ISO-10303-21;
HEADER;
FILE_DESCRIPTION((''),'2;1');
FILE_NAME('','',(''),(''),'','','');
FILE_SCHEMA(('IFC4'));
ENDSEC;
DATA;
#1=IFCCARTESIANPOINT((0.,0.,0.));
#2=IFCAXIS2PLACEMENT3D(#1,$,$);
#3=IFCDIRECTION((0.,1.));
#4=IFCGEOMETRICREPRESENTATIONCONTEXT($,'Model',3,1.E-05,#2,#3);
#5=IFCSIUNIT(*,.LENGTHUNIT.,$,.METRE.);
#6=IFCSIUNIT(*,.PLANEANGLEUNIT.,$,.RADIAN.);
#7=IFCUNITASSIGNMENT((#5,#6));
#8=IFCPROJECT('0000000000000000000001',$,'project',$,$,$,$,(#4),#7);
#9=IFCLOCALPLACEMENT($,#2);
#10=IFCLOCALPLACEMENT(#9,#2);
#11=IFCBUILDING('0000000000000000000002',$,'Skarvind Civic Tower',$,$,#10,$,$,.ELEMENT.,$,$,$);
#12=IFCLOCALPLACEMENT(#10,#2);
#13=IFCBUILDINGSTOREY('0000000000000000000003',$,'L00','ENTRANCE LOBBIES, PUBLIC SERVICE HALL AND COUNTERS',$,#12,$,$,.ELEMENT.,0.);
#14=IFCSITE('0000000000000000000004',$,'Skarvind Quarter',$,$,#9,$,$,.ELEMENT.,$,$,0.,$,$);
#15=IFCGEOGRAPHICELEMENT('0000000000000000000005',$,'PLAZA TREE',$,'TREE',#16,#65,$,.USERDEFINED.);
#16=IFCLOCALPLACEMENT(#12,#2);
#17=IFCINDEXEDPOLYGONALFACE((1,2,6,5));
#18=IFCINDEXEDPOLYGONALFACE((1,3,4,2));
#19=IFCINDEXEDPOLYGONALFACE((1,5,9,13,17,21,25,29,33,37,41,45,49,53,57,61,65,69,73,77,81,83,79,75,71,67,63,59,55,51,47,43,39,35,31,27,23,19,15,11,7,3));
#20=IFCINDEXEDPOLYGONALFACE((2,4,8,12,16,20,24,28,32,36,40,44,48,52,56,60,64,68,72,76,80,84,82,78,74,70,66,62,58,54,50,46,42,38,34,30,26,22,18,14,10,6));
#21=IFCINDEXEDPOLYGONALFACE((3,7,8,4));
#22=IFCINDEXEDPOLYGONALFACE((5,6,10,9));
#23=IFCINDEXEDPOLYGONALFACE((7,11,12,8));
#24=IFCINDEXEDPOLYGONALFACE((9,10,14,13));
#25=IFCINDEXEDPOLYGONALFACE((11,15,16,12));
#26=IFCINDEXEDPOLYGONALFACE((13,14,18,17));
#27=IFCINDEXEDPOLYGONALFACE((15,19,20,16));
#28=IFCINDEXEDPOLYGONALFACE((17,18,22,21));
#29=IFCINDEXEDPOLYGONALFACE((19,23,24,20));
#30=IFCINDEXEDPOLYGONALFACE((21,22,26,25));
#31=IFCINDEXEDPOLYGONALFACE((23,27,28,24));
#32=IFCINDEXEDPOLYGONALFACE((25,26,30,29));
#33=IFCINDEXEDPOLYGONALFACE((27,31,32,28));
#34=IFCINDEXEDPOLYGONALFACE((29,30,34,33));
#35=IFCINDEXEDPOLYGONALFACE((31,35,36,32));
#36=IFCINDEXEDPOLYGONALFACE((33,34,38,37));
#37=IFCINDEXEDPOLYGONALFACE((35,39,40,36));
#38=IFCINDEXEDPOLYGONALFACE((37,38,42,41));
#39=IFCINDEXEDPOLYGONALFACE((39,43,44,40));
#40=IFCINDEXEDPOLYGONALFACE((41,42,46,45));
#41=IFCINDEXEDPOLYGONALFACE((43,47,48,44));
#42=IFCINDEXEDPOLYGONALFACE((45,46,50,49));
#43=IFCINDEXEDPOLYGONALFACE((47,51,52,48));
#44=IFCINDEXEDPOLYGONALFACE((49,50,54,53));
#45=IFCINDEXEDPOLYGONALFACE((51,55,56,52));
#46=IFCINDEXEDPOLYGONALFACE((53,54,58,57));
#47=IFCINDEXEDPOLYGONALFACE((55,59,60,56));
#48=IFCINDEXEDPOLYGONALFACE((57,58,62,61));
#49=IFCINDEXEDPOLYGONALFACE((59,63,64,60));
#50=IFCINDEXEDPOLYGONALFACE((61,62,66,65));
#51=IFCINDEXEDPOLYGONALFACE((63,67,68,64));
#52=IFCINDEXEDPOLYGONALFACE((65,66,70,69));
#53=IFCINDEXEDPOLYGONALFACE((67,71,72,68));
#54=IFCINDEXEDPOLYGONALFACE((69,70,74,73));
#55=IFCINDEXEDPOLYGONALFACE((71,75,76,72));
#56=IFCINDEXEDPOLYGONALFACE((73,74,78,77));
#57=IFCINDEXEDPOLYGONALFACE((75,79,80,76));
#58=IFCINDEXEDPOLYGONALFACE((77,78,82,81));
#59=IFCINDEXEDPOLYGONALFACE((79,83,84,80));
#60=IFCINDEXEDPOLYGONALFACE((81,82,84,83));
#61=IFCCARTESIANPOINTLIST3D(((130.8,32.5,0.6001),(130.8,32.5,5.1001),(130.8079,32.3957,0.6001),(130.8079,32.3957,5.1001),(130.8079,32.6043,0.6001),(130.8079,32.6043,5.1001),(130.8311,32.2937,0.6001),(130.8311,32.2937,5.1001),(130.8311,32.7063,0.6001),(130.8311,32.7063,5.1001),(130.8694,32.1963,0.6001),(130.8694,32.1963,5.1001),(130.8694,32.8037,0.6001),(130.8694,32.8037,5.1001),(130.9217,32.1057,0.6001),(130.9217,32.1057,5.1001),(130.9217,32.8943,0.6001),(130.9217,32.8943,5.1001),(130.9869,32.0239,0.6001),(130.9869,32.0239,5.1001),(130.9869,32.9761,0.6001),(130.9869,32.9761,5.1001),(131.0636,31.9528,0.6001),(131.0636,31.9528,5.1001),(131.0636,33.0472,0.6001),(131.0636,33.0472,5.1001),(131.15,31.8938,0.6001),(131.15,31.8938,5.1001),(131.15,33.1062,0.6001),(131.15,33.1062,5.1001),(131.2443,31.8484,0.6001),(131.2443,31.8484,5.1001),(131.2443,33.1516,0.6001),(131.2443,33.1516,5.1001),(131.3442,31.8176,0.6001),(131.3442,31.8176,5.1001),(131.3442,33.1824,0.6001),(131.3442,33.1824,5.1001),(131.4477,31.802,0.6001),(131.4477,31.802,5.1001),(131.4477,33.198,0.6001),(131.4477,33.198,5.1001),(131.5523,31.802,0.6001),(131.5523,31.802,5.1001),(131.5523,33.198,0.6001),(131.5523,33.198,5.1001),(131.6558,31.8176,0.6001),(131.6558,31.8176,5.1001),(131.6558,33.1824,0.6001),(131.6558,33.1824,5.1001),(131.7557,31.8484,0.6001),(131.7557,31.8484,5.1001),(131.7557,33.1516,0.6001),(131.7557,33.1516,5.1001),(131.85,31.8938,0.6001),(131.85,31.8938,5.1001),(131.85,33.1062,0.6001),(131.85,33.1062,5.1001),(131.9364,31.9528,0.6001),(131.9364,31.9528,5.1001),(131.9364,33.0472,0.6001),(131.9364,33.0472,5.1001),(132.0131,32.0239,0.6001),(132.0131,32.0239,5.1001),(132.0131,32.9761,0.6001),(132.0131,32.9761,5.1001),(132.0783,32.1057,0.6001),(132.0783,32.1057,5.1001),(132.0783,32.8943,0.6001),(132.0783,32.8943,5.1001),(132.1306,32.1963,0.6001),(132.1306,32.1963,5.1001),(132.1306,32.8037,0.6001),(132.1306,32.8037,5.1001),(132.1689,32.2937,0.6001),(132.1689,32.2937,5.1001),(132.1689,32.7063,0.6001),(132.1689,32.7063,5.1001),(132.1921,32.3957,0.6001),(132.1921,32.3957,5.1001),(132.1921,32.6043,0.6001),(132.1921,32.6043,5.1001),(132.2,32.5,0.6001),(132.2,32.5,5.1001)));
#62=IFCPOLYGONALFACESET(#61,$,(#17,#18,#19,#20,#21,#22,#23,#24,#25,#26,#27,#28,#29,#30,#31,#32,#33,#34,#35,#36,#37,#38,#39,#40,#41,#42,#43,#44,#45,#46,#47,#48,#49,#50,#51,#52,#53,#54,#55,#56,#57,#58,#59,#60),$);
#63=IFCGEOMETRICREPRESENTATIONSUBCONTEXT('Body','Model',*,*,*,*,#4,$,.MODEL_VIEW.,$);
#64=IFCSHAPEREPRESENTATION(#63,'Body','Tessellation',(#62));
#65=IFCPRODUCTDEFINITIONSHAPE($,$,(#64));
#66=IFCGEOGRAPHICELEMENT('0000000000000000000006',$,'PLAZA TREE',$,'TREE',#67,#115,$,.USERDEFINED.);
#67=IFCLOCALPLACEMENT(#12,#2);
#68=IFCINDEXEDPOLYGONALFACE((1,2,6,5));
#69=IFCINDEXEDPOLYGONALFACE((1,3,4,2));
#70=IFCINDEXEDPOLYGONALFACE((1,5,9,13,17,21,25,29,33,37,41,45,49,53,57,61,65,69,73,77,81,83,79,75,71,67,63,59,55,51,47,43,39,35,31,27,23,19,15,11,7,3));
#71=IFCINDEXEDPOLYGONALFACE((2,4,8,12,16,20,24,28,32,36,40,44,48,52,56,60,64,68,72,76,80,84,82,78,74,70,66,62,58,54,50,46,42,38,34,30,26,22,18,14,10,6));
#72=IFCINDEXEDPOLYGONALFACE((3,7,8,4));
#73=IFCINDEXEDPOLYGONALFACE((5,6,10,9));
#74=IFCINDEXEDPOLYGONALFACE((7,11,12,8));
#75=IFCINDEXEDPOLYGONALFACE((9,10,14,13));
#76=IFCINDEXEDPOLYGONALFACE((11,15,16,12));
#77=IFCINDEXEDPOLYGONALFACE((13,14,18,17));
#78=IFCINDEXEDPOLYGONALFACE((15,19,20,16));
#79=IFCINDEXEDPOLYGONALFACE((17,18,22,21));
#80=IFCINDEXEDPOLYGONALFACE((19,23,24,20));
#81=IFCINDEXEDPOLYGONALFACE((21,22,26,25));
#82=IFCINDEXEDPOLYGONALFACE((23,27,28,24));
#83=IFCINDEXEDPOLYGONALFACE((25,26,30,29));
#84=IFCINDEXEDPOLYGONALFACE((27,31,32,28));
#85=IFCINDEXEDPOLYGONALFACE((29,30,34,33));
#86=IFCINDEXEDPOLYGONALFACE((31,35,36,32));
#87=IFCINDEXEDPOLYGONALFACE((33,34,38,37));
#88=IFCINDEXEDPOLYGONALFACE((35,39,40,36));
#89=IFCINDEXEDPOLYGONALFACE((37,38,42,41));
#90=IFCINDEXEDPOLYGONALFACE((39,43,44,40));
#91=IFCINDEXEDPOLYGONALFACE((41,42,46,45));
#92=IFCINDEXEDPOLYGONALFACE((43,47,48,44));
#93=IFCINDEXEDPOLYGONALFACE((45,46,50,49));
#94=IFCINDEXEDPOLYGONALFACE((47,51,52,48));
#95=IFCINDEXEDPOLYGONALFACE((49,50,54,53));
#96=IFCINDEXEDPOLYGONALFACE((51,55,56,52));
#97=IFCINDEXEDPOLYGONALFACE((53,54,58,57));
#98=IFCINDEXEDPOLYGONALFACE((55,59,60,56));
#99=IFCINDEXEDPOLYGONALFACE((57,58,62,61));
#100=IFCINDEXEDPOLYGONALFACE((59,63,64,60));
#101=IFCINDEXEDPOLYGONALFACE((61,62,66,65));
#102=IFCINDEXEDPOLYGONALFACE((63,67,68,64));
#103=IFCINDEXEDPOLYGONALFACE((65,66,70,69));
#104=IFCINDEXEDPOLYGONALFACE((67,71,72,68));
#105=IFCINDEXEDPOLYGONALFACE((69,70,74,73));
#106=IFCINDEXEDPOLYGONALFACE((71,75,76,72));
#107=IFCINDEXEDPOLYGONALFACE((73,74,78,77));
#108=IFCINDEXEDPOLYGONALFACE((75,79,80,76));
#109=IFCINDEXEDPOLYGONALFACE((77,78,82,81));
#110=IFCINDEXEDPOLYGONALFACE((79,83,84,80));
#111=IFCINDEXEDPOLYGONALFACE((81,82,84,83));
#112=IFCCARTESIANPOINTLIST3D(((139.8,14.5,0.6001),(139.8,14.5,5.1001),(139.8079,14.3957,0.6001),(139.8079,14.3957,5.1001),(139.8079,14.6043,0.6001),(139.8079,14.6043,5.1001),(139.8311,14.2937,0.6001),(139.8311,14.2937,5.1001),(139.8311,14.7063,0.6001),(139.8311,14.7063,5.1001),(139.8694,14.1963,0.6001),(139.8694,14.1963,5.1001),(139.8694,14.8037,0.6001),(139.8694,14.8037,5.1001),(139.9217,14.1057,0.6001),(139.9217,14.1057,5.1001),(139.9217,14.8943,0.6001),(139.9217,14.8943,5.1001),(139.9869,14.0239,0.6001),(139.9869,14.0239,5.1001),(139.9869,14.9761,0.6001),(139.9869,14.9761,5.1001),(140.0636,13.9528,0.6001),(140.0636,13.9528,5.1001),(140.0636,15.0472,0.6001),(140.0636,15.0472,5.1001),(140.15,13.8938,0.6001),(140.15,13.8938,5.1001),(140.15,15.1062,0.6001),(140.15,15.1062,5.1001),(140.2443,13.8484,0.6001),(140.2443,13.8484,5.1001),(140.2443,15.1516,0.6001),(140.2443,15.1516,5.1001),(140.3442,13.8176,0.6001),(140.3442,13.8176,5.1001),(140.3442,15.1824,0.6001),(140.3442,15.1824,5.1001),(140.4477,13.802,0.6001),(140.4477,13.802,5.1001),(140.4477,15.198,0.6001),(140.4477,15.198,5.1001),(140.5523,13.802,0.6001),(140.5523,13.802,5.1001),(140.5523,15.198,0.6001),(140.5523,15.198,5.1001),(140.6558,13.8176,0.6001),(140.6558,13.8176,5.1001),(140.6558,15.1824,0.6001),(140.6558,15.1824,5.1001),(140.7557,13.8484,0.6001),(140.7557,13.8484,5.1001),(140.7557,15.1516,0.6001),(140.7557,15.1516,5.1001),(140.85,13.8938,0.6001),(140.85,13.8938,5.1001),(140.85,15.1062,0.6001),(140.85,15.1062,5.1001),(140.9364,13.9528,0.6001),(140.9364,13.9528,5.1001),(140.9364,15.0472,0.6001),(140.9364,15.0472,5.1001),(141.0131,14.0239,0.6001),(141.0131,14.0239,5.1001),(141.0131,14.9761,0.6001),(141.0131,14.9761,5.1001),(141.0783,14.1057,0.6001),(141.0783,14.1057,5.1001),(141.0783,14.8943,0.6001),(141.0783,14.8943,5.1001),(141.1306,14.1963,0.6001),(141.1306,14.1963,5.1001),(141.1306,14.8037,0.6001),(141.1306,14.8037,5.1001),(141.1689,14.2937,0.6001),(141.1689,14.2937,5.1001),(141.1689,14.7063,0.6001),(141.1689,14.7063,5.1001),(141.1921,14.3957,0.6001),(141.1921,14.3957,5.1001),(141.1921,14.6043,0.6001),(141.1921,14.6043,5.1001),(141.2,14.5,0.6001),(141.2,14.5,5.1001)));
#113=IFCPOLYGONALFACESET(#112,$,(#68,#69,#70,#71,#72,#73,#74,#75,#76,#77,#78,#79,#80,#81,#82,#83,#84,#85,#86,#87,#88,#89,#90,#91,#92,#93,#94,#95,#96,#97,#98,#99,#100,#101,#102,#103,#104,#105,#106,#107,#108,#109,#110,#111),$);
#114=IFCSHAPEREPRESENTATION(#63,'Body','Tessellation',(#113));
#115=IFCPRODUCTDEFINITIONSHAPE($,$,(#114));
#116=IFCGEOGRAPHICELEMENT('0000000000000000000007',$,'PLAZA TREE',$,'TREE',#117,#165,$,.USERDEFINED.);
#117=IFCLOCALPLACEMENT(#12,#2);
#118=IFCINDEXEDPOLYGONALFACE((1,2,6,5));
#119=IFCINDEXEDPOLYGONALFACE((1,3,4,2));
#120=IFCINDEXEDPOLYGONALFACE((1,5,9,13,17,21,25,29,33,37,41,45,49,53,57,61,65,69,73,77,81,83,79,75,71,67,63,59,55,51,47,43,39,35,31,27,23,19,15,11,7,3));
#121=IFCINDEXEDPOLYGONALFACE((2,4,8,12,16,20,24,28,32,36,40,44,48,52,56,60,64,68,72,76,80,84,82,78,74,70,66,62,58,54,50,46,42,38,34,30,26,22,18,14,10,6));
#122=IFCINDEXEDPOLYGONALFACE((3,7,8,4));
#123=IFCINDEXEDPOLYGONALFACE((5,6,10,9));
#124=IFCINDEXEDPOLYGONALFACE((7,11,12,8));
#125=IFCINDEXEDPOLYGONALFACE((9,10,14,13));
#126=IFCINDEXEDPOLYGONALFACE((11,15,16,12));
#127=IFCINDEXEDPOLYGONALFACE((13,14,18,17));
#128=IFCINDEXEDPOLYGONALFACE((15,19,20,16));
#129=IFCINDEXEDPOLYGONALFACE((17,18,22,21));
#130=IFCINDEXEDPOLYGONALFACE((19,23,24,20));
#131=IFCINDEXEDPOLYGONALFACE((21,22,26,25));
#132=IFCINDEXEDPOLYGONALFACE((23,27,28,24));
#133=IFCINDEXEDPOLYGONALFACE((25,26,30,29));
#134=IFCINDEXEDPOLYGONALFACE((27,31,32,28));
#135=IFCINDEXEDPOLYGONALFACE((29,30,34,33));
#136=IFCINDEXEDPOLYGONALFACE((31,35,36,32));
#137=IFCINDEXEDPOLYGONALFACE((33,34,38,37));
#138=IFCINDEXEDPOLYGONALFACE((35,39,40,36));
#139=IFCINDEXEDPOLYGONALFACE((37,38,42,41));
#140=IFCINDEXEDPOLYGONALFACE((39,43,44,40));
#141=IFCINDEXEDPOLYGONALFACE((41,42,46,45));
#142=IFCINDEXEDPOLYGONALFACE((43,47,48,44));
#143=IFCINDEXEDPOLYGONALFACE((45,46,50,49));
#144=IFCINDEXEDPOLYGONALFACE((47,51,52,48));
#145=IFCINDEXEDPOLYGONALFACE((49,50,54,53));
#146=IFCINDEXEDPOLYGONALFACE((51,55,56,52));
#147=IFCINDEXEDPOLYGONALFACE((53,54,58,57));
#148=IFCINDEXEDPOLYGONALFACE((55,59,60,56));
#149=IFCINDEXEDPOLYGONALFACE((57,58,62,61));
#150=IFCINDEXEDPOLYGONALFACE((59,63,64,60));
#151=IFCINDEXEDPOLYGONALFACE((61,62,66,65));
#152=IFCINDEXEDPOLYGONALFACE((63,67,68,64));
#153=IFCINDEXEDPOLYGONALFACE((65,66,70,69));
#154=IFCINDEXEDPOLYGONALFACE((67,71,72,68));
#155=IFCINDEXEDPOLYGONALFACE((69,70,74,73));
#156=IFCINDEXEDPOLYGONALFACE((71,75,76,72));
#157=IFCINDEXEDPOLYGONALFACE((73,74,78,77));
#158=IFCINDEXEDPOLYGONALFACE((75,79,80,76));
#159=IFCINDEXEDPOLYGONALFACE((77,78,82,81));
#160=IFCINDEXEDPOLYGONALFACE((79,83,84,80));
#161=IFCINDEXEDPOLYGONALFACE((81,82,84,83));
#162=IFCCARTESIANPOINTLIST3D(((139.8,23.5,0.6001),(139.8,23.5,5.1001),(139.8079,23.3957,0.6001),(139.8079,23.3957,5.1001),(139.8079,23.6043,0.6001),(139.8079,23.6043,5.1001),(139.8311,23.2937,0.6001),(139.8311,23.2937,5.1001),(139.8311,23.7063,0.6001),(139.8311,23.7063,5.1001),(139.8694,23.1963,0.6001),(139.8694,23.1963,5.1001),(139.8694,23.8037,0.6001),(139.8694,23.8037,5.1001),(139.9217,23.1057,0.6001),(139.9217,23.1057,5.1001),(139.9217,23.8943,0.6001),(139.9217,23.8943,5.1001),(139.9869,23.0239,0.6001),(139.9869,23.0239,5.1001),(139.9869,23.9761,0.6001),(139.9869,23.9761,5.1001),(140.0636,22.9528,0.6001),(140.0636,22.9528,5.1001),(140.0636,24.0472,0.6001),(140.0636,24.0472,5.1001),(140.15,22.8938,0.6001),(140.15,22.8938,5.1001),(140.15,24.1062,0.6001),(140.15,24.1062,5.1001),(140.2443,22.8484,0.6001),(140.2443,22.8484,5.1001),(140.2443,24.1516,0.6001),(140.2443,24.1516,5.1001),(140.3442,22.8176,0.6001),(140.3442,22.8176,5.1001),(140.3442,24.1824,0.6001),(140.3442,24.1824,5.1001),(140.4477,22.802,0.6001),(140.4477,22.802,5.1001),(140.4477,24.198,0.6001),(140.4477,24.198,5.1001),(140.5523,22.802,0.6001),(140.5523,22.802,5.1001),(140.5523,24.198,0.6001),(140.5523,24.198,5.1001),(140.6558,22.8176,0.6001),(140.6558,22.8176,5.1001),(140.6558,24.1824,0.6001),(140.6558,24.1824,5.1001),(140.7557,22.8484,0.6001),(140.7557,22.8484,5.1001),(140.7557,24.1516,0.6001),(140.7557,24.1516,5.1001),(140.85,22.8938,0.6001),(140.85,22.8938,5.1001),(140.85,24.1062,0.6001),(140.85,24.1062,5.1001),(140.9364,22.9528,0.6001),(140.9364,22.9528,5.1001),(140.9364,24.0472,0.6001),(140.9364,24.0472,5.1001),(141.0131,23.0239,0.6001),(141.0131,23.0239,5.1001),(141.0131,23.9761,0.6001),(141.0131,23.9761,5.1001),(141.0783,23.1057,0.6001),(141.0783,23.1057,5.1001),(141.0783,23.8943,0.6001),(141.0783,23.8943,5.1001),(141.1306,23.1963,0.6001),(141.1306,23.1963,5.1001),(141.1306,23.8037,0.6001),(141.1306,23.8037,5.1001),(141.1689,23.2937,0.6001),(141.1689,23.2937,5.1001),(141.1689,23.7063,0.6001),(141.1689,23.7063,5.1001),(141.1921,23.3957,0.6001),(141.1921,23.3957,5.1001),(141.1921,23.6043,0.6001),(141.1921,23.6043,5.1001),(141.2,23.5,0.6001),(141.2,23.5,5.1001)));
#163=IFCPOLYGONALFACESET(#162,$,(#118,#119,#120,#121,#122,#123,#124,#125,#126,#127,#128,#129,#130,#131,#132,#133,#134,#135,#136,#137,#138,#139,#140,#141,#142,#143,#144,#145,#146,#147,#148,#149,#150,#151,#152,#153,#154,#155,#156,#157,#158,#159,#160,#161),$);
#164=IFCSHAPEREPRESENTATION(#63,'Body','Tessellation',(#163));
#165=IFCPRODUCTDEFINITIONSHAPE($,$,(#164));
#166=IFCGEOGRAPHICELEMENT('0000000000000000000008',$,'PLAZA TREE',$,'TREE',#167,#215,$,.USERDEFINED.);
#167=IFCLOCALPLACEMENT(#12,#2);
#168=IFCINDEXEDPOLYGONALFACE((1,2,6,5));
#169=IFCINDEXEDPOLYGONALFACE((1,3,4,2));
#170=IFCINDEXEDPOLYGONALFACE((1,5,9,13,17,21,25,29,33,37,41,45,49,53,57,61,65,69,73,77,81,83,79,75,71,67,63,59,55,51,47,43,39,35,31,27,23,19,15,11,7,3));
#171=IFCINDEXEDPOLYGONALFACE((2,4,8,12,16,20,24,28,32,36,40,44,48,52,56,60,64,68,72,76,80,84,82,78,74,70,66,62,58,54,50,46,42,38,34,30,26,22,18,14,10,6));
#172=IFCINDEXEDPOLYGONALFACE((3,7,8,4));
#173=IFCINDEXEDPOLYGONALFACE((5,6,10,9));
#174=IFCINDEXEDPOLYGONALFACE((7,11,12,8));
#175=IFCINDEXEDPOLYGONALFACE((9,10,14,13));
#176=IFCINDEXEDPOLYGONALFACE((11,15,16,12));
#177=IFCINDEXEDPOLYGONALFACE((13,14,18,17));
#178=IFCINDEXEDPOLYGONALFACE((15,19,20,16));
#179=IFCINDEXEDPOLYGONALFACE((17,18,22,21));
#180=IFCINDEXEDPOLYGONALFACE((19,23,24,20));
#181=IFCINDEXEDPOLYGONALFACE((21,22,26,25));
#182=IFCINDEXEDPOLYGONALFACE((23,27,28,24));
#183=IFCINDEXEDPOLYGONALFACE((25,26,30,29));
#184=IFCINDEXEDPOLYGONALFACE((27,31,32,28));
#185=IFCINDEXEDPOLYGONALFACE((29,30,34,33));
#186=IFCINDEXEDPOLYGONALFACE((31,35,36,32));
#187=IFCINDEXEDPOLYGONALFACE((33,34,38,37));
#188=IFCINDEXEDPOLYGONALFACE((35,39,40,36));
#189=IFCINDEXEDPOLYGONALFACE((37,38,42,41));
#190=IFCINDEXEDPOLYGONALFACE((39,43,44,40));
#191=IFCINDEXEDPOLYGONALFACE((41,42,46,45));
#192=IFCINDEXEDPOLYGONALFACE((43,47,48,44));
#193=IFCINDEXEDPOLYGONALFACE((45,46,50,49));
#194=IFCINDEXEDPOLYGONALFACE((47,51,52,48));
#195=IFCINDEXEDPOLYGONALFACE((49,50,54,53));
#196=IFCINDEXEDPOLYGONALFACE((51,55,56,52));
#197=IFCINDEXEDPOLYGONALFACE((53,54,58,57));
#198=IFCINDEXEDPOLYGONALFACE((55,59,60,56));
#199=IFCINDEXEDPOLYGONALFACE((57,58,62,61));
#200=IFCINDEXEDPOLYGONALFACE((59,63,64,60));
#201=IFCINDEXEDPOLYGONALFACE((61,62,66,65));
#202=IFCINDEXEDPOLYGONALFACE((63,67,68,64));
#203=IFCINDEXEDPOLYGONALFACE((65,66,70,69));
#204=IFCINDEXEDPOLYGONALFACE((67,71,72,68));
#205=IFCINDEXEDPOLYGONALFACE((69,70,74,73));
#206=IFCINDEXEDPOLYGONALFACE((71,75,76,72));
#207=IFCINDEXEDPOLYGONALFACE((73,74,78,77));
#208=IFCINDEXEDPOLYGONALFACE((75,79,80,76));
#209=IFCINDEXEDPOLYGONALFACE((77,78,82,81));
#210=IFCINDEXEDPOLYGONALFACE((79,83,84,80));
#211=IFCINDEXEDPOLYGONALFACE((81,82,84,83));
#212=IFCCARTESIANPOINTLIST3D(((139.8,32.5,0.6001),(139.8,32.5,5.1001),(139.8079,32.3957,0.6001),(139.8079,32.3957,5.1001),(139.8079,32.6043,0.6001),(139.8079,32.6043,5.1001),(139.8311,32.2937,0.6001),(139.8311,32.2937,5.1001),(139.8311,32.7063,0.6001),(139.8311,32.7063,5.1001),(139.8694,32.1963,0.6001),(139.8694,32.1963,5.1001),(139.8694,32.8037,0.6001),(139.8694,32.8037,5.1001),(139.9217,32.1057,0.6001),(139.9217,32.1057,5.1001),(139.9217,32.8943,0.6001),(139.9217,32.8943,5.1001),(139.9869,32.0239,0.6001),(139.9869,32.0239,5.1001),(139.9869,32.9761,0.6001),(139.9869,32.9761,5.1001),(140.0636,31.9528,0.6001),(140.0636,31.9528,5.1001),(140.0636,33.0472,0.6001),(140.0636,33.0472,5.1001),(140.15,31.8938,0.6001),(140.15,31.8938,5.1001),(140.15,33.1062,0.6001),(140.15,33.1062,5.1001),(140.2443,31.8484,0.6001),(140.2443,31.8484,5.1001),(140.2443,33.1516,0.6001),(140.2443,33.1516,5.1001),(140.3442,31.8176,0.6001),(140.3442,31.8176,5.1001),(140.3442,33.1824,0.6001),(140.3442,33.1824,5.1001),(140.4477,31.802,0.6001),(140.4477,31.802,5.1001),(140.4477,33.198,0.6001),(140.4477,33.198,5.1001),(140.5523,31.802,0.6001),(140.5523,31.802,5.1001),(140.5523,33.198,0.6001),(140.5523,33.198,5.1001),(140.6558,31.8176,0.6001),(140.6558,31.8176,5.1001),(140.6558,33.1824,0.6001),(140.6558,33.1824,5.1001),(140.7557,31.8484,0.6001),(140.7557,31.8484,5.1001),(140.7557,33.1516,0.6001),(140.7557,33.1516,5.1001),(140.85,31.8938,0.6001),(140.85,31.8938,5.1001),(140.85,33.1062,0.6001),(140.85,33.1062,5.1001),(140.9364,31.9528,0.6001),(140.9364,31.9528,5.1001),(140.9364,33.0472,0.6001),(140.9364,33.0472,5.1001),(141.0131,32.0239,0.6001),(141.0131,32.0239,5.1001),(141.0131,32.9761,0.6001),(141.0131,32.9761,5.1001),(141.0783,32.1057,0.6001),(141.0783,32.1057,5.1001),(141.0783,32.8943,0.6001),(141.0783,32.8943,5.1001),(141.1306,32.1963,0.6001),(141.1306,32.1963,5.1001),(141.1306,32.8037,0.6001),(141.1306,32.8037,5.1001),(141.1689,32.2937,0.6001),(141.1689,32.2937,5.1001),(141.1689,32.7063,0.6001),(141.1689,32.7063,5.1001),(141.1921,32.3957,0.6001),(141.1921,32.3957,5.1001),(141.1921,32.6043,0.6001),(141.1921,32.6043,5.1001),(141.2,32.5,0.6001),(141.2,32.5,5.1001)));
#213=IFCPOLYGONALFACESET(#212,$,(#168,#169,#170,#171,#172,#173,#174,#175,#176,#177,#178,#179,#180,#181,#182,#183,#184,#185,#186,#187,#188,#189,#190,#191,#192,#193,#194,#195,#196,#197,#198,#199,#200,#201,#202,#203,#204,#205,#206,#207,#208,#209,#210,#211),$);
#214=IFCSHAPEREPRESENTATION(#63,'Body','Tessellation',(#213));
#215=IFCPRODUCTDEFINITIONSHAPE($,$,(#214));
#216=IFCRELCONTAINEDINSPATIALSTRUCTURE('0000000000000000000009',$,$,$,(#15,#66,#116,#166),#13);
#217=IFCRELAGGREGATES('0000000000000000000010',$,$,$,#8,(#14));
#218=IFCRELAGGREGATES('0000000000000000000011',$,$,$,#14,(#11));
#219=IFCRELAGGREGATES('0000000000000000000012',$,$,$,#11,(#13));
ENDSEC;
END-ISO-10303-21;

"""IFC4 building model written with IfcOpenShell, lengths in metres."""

from ifc_helpers import new_model, si_unit, direction, frame, origin, origin_2d, place, context, subcontext, project, spatial, circle, extrude, element, save


model = new_model("IFC4")

# Units and contexts
model_context = context("Model", 3, precision=1e-05, world=origin(), true_north=direction((0.0, 1.0)))
body_context = subcontext(model_context, "Body", "Model", "MODEL_VIEW")
ifc_project = project(units=[si_unit("LENGTHUNIT", "METRE"), si_unit("PLANEANGLEUNIT", "RADIAN")], contexts=[model_context])

# Site, building, storey
site_placement = place(None, origin())
site = spatial("IfcSite", under=ifc_project, at=site_placement, Name="Skarvind Quarter", CompositionType="ELEMENT", RefElevation=0.0)
building_placement = place(site_placement, origin())
building = spatial("IfcBuilding", under=site, at=building_placement, Name="Skarvind Civic Tower", CompositionType="ELEMENT")
storey_placement = place(building_placement, origin())
storey = spatial("IfcBuildingStorey", under=building, at=storey_placement, Name="L00", Description="ENTRANCE LOBBIES, PUBLIC SERVICE HALL AND COUNTERS", CompositionType="ELEMENT", Elevation=0.0)

# Geographic elements
for number, where, z_axis, x_axis, name in (
    (1, (131.5, 32.5, 0.6001), (0.0, 0.0, 1.0), (1.0, 0.0, 0.0), "PLAZA TREE"),
    (2, (140.5, 14.5, 0.6001), (0.0, 0.0, 1.0), (1.0, 0.0, 0.0), "PLAZA TREE"),
    (3, (140.5, 23.5, 0.6001), (0.0, 0.0, 1.0), (1.0, 0.0, 0.0), "PLAZA TREE"),
    (4, (140.5, 32.5, 0.6001), (0.0, 0.0, 1.0), (1.0, 0.0, 0.0), "PLAZA TREE"),
):
    element("IfcGeographicElement", number, at=place(storey_placement, frame(where, z_axis=z_axis, x_axis=x_axis)), inside=storey, Name=name, ObjectType="TREE", PredefinedType="USERDEFINED", context=body_context, shape_type="SweptSolid", body=[
        extrude(circle(Radius=0.7, at=origin_2d()), origin(), (0.0, 0.0, 1.0), 4.5),
    ])

save(model, "model.ifc")
